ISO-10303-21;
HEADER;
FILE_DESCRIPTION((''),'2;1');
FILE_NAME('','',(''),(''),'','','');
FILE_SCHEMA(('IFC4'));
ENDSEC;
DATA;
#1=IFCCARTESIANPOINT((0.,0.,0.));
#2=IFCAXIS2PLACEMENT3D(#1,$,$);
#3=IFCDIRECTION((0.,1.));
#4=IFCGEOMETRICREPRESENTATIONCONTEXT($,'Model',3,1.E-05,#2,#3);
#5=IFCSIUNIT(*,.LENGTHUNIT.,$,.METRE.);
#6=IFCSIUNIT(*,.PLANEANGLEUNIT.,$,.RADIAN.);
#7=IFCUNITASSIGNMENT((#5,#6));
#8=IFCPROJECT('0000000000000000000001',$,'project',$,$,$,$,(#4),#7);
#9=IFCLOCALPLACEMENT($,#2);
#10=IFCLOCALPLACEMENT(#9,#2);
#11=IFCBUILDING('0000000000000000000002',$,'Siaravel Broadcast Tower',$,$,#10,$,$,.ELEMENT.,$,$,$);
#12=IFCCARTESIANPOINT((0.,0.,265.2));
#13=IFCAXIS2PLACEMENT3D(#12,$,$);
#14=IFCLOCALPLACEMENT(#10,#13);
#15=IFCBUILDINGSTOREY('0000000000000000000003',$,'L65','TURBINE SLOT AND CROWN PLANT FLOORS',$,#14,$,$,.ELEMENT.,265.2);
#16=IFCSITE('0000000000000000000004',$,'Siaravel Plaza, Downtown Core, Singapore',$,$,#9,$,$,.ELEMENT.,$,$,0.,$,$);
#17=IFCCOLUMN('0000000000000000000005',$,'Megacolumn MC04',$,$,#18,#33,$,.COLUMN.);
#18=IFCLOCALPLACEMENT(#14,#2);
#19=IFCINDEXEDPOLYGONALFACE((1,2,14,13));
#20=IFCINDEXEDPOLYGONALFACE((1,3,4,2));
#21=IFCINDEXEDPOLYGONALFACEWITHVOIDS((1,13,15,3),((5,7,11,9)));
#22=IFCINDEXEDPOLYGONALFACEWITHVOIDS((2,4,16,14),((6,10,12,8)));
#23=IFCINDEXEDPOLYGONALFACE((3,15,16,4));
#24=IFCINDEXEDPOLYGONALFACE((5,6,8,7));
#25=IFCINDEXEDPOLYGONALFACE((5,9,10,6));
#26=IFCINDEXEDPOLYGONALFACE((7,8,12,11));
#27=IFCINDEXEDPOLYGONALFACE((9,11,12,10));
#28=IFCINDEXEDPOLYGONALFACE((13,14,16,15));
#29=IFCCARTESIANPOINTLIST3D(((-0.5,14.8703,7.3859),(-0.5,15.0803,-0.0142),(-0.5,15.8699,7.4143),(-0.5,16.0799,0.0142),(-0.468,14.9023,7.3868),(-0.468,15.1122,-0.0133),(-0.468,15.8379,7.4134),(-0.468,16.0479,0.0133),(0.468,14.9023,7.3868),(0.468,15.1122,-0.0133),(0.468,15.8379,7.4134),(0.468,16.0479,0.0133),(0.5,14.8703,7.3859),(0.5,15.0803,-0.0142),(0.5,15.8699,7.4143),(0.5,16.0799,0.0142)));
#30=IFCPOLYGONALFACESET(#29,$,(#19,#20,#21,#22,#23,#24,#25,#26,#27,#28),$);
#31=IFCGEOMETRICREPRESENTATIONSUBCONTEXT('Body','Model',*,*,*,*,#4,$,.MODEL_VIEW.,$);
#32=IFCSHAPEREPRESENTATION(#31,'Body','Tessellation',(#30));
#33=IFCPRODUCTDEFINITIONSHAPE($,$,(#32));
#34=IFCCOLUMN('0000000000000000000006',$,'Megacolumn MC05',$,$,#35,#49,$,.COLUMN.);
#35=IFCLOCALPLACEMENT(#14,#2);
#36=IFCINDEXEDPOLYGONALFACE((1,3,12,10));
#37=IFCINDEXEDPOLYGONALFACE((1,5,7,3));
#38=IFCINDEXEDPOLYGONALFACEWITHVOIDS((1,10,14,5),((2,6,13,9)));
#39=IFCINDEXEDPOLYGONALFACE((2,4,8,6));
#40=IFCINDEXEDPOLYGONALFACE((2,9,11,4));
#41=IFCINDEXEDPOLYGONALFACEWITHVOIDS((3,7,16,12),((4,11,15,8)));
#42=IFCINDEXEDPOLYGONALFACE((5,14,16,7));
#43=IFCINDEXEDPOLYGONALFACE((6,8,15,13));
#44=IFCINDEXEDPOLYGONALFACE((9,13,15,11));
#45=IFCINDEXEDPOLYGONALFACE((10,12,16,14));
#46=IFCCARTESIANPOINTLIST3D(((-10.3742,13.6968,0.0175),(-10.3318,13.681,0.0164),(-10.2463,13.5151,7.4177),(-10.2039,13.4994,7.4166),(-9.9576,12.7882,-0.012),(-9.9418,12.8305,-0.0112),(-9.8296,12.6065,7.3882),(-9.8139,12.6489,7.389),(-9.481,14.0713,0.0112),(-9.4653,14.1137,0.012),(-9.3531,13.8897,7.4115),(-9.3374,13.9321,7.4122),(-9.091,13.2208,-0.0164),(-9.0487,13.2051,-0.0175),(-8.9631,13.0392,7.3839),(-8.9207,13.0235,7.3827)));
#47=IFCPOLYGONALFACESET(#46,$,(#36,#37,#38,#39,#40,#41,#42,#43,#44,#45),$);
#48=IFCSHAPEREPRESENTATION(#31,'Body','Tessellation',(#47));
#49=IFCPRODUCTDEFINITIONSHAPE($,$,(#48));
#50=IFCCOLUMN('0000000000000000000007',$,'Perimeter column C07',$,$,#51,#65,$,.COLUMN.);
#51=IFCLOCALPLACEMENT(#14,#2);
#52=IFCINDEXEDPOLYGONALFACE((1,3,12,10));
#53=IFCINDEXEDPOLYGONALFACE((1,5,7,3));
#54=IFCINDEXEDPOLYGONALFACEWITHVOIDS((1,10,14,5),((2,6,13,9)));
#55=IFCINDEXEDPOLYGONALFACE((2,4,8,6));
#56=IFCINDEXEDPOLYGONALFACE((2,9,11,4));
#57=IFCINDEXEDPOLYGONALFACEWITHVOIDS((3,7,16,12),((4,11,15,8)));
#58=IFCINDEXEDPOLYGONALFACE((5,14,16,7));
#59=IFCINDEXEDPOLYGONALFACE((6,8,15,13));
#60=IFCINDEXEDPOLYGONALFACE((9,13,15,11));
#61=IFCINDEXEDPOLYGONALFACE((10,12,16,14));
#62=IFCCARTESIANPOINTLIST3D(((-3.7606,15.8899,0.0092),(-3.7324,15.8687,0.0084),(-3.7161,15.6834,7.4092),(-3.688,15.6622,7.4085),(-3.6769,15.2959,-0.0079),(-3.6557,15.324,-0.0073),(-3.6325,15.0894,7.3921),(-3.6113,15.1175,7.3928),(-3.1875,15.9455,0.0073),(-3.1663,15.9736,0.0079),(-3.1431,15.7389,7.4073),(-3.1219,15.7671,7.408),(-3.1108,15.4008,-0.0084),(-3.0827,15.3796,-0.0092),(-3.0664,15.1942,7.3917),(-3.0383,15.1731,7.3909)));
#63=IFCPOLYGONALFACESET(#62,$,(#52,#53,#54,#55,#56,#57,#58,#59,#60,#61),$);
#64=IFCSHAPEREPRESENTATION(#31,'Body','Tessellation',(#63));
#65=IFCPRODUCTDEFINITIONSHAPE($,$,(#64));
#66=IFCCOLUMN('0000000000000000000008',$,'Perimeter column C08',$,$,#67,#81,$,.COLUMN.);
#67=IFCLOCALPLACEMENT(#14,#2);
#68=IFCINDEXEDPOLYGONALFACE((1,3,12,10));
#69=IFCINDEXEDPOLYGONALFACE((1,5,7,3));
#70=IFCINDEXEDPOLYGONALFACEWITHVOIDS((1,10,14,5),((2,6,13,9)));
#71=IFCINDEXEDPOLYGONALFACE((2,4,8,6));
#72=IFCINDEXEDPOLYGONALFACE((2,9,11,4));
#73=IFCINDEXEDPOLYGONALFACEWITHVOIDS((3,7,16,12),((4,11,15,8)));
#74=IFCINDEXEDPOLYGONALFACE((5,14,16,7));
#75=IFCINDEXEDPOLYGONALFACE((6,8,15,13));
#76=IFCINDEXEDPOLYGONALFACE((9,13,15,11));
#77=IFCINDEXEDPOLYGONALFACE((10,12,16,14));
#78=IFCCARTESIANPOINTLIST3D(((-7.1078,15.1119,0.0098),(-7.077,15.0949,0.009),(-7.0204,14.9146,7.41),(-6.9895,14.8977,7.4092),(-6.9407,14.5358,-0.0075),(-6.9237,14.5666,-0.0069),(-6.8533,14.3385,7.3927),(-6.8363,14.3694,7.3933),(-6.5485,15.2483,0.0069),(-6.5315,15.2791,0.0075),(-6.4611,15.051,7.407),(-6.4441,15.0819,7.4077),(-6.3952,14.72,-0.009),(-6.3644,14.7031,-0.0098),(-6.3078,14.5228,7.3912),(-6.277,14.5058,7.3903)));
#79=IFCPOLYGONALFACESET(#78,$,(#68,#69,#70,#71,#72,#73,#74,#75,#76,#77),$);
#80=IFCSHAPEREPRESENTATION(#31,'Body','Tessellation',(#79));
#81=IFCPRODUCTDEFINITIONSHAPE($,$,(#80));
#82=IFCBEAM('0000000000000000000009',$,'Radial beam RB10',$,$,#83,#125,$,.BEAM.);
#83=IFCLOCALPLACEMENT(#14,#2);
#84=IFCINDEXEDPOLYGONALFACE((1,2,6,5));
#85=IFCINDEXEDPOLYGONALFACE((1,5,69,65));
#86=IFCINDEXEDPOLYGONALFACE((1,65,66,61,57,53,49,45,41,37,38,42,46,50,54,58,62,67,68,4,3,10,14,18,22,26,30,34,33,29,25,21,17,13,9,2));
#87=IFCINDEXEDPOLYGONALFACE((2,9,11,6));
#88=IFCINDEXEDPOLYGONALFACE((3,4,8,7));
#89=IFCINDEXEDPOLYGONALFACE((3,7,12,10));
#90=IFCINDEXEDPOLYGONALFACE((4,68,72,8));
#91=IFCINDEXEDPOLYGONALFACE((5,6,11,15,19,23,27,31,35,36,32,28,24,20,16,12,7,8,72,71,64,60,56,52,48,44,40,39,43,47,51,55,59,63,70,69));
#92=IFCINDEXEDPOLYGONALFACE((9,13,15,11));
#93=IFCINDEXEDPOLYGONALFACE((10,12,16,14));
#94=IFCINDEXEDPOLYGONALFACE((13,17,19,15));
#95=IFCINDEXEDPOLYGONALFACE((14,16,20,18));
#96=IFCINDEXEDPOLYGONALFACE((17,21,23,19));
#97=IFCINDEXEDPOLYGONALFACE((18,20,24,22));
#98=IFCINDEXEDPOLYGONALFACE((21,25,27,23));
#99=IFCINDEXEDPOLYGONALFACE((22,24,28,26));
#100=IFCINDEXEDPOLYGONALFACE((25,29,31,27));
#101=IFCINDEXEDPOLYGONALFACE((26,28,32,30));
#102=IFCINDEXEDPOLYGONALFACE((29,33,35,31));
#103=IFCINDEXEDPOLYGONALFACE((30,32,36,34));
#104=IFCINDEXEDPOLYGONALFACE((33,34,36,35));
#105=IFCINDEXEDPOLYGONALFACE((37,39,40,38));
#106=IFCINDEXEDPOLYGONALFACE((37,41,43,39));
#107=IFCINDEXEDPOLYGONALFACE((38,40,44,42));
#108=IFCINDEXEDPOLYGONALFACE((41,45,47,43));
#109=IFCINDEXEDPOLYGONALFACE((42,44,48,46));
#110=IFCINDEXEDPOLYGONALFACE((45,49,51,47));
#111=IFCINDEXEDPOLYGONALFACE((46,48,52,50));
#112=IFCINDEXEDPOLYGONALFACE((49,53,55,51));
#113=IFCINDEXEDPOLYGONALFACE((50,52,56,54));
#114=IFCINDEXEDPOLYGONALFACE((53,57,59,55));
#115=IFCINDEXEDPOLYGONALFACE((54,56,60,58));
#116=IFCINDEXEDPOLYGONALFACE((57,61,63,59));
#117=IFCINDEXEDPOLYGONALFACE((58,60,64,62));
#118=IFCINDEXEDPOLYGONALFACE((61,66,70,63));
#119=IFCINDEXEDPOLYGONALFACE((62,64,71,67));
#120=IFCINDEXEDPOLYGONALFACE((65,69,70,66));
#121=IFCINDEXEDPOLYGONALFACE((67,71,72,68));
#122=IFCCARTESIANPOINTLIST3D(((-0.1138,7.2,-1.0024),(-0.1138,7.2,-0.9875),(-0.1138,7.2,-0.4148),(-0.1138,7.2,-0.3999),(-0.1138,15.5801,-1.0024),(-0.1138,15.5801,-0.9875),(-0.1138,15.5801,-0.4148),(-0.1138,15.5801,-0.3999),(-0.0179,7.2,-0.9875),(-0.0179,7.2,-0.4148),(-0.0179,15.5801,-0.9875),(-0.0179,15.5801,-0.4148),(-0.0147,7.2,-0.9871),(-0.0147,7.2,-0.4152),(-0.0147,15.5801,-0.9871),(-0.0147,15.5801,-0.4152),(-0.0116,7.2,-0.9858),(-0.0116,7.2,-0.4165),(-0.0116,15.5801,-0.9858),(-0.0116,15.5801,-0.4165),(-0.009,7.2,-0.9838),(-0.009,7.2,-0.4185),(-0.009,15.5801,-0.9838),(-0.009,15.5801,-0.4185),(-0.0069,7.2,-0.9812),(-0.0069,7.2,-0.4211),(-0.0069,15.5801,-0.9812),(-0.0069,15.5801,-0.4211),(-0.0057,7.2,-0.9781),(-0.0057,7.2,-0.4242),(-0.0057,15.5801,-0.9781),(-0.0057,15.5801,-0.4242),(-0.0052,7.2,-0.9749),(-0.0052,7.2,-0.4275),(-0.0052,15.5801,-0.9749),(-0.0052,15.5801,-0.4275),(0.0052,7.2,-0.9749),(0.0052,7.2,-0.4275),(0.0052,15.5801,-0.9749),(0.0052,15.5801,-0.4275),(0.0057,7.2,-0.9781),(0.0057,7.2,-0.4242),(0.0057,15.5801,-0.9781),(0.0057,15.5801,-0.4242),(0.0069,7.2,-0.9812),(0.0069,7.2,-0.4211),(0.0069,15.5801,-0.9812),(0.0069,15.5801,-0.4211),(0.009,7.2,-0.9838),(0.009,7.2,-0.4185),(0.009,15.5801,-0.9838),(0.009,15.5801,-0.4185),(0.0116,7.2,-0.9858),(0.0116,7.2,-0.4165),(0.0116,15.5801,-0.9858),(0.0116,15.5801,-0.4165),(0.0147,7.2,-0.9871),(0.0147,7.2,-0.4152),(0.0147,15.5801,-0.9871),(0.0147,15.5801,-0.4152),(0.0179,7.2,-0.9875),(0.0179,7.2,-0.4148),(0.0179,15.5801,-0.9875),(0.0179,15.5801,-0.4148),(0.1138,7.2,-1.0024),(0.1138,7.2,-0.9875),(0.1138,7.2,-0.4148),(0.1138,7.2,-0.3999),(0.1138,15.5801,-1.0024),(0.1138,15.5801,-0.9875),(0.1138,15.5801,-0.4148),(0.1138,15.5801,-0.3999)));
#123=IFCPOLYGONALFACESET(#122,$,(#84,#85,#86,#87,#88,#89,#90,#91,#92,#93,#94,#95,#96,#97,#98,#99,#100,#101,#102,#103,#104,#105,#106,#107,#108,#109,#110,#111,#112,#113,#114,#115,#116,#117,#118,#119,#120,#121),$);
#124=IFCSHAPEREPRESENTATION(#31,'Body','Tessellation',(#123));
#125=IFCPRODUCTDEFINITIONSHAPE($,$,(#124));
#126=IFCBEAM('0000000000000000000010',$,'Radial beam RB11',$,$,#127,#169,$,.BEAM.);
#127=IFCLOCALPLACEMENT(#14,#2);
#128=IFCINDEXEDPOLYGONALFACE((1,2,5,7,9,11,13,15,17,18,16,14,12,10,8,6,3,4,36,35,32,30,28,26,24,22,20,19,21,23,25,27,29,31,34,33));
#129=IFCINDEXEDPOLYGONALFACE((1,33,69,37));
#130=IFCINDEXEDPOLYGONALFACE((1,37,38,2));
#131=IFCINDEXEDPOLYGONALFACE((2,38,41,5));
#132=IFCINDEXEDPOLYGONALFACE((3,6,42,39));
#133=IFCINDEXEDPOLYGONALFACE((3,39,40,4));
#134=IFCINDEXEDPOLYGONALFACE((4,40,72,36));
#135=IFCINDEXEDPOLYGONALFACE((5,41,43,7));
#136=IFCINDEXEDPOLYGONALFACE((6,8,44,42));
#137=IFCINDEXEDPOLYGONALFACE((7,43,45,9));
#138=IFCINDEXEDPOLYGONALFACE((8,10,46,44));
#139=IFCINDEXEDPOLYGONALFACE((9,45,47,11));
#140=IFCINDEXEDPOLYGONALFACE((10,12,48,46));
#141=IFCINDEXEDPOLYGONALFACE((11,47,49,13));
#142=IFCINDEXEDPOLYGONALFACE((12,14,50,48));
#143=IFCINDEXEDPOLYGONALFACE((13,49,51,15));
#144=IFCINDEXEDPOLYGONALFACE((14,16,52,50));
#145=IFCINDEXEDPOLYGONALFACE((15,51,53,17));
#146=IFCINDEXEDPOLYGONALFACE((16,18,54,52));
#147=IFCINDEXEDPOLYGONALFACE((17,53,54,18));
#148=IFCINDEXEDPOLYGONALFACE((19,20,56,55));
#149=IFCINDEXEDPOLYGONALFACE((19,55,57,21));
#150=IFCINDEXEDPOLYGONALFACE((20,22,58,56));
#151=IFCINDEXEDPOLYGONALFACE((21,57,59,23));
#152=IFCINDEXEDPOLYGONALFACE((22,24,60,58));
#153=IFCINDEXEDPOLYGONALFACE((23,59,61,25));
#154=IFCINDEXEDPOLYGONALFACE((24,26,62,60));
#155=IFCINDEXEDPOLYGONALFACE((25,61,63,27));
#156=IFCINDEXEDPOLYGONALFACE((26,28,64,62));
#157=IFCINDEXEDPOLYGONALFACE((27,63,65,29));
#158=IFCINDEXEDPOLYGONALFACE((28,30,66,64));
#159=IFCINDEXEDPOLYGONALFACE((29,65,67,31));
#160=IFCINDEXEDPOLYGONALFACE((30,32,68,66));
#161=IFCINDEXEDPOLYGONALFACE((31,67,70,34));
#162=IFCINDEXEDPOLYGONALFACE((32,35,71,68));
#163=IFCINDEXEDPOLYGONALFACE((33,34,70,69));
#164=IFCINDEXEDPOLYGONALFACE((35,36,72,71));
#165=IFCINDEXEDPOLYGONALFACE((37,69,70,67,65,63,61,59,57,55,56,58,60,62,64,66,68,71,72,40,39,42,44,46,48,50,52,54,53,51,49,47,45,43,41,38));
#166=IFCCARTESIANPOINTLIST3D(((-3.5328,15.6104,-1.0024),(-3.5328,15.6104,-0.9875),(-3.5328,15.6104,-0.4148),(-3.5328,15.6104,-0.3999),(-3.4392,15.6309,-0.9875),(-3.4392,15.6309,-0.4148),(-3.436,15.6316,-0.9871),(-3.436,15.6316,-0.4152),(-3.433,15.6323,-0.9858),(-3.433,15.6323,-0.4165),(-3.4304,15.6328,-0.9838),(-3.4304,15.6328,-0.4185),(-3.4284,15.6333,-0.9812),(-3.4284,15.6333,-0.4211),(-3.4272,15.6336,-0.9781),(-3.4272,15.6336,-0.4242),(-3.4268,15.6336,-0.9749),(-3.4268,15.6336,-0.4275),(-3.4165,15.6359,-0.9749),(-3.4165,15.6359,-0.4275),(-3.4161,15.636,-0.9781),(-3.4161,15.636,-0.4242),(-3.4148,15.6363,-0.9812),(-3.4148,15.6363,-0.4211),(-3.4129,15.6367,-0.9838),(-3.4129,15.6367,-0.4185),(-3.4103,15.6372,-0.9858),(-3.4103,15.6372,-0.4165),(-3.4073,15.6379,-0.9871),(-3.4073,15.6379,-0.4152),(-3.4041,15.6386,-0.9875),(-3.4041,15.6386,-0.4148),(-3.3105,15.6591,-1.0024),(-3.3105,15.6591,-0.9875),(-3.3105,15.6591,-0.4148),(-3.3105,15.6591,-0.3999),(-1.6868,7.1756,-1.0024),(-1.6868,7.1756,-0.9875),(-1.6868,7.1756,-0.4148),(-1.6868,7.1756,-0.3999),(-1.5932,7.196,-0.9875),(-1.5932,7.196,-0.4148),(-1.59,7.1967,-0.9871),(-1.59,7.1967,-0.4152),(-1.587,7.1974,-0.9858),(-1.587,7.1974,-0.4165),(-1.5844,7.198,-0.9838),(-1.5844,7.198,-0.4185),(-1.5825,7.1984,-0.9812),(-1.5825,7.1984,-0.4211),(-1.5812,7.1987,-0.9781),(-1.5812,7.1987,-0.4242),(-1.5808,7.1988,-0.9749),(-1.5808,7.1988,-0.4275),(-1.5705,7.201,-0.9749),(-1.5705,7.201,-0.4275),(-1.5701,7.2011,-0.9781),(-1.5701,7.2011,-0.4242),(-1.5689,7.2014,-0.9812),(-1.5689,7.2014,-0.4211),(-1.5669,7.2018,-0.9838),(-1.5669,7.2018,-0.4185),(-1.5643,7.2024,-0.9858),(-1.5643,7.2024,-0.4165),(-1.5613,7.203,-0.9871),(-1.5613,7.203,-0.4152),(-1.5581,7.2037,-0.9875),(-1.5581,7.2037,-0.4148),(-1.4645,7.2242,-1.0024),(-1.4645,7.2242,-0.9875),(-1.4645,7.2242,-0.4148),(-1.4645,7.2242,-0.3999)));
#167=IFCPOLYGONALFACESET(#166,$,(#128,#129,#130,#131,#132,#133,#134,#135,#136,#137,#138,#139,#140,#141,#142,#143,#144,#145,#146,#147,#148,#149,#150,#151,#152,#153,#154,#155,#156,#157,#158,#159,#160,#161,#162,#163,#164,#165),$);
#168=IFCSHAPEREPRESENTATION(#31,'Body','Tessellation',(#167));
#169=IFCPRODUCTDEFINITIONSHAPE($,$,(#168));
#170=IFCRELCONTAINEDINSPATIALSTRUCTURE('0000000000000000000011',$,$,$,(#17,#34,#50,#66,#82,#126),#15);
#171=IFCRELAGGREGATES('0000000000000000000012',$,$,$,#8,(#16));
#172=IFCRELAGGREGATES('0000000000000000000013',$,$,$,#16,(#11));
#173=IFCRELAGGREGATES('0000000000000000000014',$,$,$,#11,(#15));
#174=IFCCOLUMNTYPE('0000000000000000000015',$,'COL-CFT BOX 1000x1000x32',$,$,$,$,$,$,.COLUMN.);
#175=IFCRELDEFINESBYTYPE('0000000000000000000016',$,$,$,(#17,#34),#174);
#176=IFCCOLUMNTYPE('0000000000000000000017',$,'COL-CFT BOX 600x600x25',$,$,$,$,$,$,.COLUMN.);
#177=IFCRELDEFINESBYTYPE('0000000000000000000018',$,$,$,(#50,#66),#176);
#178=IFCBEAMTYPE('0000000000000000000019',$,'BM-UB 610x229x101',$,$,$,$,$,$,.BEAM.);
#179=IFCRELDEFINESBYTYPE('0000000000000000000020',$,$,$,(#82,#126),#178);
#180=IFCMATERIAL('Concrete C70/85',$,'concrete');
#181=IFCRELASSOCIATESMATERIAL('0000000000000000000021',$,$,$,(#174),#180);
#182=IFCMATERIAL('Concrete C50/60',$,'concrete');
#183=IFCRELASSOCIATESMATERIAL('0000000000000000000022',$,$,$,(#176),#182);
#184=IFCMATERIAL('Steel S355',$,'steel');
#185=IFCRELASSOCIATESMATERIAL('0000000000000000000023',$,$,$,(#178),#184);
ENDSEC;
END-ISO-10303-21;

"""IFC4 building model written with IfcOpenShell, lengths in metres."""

from ifc_helpers import new_model, si_unit, direction, frame, origin, origin_2d, place, context, subcontext, project, spatial, hollow_rectangle, i_section, extrude, material, material_profile, profile_set, type_object, element, save


model = new_model("IFC4")

# Units and contexts
model_context = context("Model", 3, precision=1e-05, world=origin(), true_north=direction((0.0, 1.0)))
body_context = subcontext(model_context, "Body", "Model", "MODEL_VIEW")
ifc_project = project(units=[si_unit("LENGTHUNIT", "METRE"), si_unit("PLANEANGLEUNIT", "RADIAN")], contexts=[model_context])

# Site, building, storey
site_placement = place(None, origin())
site = spatial("IfcSite", under=ifc_project, at=site_placement, Name="Siaravel Plaza, Downtown Core, Singapore", CompositionType="ELEMENT", RefElevation=0.0)
building_placement = place(site_placement, origin())
building = spatial("IfcBuilding", under=site, at=building_placement, Name="Siaravel Broadcast Tower", CompositionType="ELEMENT")
storey_placement = place(building_placement, frame((0.0, 0.0, 265.2)))
storey = spatial("IfcBuildingStorey", under=building, at=storey_placement, Name="L65", Description="TURBINE SLOT AND CROWN PLANT FLOORS", CompositionType="ELEMENT", Elevation=265.2)

# Columns
ifc_material_1 = material(Name="Concrete C70/85", Category="concrete")
ifc_material_profile_1 = material_profile(ifc_material_1, hollow_rectangle(XDim=1.0, YDim=1.0, WallThickness=0.032, at=origin_2d()))
ifc_profile_set_1 = profile_set([ifc_material_profile_1], Name="Concrete C70/85")
column_type_1 = type_object("IfcColumnType", Name="COL-CFT BOX 1000x1000x32", PredefinedType="COLUMN", material=ifc_profile_set_1)
column_1_placement = place(storey_placement, frame((0.0, 15.5801, 0.0), z_axis=(0.0, -0.028361, 0.999598), x_axis=(1.0, 0.0, 0.0)))
element("IfcColumn", 1, at=column_1_placement, inside=storey, type_object=column_type_1, Name="Megacolumn MC04", PredefinedType="COLUMN", context=body_context, shape_type="SweptSolid", body=[
    extrude(hollow_rectangle(XDim=1.0, YDim=1.0, WallThickness=0.032, at=origin_2d()), origin(), (0.0, 0.0, 1.0), 7.4031),
])
column_2_placement = place(storey_placement, frame((-9.7114, 13.4509, 0.0), z_axis=(0.01728, -0.024534, 0.99955), x_axis=(0.908912, 0.416952, -0.005478)))
element("IfcColumn", 2, at=column_2_placement, inside=storey, type_object=column_type_1, Name="Megacolumn MC05", PredefinedType="COLUMN", context=body_context, shape_type="SweptSolid", body=[
    extrude(hollow_rectangle(XDim=1.0, YDim=1.0, WallThickness=0.032, at=origin_2d()), origin(), (0.0, 0.0, 1.0), 7.4036),
])
ifc_material_2 = material(Name="Concrete C50/60", Category="concrete")
ifc_material_profile_2 = material_profile(ifc_material_2, hollow_rectangle(XDim=0.6001, YDim=0.6001, WallThickness=0.0249, at=origin_2d()))
ifc_profile_set_2 = profile_set([ifc_material_profile_2], Name="Concrete C50/60")
column_type_2 = type_object("IfcColumnType", Name="COL-CFT BOX 600x600x25", PredefinedType="COLUMN", material=ifc_profile_set_2)
column_3_placement = place(storey_placement, frame((-3.4216, 15.6348, 0.0), z_axis=(0.006002, -0.027899, 0.999593), x_axis=(0.990225, 0.139461, -0.002053)))
element("IfcColumn", 3, at=column_3_placement, inside=storey, type_object=column_type_2, Name="Perimeter column C07", PredefinedType="COLUMN", context=body_context, shape_type="SweptSolid", body=[
    extrude(hollow_rectangle(XDim=0.6001, YDim=0.6001, WallThickness=0.0249, at=origin_2d()), origin(), (0.0, 0.0, 1.0), 7.4031),
])
column_4_placement = place(storey_placement, frame((-6.7361, 14.9075, 0.0), z_axis=(0.011806, -0.026646, 0.999575), x_axis=(0.960365, 0.278719, -0.003913)))
element("IfcColumn", 4, at=column_4_placement, inside=storey, type_object=column_type_2, Name="Perimeter column C08", PredefinedType="COLUMN", context=body_context, shape_type="SweptSolid", body=[
    extrude(hollow_rectangle(XDim=0.6001, YDim=0.6001, WallThickness=0.0249, at=origin_2d()), origin(), (0.0, 0.0, 1.0), 7.4033),
])

# Beams
ifc_material_3 = material(Name="Steel S355", Category="steel")
ifc_material_profile_3 = material_profile(ifc_material_3, i_section(OverallWidth=0.2275, OverallDepth=0.6025, WebThickness=0.0105, FlangeThickness=0.0149, FilletRadius=0.0127, at=origin_2d()))
ifc_profile_set_3 = profile_set([ifc_material_profile_3], Name="Steel S355")
beam_type_1 = type_object("IfcBeamType", Name="BM-UB 610x229x101", PredefinedType="BEAM", material=ifc_profile_set_3)
beam_1_placement = place(storey_placement, frame((0.0, 15.5801, -0.7012), z_axis=(0.0, -1.0, 0.0), x_axis=(1.0, 0.0, 0.0)))
element("IfcBeam", 5, at=beam_1_placement, inside=storey, type_object=beam_type_1, Name="Radial beam RB10", PredefinedType="BEAM", context=body_context, shape_type="SweptSolid", body=[
    extrude(i_section(OverallWidth=0.2275, OverallDepth=0.6025, WebThickness=0.0105, FlangeThickness=0.0149, FilletRadius=0.0127, at=origin_2d()), origin(), (0.0, 0.0, 1.0), 8.3801),
])
beam_2_placement = place(storey_placement, frame((-3.4216, 15.6348, -0.7012), z_axis=(0.213789, -0.97688, 0.0), x_axis=(0.97688, 0.213789, 0.0)))
element("IfcBeam", 6, at=beam_2_placement, inside=storey, type_object=beam_type_1, Name="Radial beam RB11", PredefinedType="BEAM", context=body_context, shape_type="SweptSolid", body=[
    extrude(i_section(OverallWidth=0.2275, OverallDepth=0.6025, WebThickness=0.0105, FlangeThickness=0.0149, FilletRadius=0.0127, at=origin_2d()), origin(), (0.0, 0.0, 1.0), 8.6345),
])

save(model, "model.ifc")
